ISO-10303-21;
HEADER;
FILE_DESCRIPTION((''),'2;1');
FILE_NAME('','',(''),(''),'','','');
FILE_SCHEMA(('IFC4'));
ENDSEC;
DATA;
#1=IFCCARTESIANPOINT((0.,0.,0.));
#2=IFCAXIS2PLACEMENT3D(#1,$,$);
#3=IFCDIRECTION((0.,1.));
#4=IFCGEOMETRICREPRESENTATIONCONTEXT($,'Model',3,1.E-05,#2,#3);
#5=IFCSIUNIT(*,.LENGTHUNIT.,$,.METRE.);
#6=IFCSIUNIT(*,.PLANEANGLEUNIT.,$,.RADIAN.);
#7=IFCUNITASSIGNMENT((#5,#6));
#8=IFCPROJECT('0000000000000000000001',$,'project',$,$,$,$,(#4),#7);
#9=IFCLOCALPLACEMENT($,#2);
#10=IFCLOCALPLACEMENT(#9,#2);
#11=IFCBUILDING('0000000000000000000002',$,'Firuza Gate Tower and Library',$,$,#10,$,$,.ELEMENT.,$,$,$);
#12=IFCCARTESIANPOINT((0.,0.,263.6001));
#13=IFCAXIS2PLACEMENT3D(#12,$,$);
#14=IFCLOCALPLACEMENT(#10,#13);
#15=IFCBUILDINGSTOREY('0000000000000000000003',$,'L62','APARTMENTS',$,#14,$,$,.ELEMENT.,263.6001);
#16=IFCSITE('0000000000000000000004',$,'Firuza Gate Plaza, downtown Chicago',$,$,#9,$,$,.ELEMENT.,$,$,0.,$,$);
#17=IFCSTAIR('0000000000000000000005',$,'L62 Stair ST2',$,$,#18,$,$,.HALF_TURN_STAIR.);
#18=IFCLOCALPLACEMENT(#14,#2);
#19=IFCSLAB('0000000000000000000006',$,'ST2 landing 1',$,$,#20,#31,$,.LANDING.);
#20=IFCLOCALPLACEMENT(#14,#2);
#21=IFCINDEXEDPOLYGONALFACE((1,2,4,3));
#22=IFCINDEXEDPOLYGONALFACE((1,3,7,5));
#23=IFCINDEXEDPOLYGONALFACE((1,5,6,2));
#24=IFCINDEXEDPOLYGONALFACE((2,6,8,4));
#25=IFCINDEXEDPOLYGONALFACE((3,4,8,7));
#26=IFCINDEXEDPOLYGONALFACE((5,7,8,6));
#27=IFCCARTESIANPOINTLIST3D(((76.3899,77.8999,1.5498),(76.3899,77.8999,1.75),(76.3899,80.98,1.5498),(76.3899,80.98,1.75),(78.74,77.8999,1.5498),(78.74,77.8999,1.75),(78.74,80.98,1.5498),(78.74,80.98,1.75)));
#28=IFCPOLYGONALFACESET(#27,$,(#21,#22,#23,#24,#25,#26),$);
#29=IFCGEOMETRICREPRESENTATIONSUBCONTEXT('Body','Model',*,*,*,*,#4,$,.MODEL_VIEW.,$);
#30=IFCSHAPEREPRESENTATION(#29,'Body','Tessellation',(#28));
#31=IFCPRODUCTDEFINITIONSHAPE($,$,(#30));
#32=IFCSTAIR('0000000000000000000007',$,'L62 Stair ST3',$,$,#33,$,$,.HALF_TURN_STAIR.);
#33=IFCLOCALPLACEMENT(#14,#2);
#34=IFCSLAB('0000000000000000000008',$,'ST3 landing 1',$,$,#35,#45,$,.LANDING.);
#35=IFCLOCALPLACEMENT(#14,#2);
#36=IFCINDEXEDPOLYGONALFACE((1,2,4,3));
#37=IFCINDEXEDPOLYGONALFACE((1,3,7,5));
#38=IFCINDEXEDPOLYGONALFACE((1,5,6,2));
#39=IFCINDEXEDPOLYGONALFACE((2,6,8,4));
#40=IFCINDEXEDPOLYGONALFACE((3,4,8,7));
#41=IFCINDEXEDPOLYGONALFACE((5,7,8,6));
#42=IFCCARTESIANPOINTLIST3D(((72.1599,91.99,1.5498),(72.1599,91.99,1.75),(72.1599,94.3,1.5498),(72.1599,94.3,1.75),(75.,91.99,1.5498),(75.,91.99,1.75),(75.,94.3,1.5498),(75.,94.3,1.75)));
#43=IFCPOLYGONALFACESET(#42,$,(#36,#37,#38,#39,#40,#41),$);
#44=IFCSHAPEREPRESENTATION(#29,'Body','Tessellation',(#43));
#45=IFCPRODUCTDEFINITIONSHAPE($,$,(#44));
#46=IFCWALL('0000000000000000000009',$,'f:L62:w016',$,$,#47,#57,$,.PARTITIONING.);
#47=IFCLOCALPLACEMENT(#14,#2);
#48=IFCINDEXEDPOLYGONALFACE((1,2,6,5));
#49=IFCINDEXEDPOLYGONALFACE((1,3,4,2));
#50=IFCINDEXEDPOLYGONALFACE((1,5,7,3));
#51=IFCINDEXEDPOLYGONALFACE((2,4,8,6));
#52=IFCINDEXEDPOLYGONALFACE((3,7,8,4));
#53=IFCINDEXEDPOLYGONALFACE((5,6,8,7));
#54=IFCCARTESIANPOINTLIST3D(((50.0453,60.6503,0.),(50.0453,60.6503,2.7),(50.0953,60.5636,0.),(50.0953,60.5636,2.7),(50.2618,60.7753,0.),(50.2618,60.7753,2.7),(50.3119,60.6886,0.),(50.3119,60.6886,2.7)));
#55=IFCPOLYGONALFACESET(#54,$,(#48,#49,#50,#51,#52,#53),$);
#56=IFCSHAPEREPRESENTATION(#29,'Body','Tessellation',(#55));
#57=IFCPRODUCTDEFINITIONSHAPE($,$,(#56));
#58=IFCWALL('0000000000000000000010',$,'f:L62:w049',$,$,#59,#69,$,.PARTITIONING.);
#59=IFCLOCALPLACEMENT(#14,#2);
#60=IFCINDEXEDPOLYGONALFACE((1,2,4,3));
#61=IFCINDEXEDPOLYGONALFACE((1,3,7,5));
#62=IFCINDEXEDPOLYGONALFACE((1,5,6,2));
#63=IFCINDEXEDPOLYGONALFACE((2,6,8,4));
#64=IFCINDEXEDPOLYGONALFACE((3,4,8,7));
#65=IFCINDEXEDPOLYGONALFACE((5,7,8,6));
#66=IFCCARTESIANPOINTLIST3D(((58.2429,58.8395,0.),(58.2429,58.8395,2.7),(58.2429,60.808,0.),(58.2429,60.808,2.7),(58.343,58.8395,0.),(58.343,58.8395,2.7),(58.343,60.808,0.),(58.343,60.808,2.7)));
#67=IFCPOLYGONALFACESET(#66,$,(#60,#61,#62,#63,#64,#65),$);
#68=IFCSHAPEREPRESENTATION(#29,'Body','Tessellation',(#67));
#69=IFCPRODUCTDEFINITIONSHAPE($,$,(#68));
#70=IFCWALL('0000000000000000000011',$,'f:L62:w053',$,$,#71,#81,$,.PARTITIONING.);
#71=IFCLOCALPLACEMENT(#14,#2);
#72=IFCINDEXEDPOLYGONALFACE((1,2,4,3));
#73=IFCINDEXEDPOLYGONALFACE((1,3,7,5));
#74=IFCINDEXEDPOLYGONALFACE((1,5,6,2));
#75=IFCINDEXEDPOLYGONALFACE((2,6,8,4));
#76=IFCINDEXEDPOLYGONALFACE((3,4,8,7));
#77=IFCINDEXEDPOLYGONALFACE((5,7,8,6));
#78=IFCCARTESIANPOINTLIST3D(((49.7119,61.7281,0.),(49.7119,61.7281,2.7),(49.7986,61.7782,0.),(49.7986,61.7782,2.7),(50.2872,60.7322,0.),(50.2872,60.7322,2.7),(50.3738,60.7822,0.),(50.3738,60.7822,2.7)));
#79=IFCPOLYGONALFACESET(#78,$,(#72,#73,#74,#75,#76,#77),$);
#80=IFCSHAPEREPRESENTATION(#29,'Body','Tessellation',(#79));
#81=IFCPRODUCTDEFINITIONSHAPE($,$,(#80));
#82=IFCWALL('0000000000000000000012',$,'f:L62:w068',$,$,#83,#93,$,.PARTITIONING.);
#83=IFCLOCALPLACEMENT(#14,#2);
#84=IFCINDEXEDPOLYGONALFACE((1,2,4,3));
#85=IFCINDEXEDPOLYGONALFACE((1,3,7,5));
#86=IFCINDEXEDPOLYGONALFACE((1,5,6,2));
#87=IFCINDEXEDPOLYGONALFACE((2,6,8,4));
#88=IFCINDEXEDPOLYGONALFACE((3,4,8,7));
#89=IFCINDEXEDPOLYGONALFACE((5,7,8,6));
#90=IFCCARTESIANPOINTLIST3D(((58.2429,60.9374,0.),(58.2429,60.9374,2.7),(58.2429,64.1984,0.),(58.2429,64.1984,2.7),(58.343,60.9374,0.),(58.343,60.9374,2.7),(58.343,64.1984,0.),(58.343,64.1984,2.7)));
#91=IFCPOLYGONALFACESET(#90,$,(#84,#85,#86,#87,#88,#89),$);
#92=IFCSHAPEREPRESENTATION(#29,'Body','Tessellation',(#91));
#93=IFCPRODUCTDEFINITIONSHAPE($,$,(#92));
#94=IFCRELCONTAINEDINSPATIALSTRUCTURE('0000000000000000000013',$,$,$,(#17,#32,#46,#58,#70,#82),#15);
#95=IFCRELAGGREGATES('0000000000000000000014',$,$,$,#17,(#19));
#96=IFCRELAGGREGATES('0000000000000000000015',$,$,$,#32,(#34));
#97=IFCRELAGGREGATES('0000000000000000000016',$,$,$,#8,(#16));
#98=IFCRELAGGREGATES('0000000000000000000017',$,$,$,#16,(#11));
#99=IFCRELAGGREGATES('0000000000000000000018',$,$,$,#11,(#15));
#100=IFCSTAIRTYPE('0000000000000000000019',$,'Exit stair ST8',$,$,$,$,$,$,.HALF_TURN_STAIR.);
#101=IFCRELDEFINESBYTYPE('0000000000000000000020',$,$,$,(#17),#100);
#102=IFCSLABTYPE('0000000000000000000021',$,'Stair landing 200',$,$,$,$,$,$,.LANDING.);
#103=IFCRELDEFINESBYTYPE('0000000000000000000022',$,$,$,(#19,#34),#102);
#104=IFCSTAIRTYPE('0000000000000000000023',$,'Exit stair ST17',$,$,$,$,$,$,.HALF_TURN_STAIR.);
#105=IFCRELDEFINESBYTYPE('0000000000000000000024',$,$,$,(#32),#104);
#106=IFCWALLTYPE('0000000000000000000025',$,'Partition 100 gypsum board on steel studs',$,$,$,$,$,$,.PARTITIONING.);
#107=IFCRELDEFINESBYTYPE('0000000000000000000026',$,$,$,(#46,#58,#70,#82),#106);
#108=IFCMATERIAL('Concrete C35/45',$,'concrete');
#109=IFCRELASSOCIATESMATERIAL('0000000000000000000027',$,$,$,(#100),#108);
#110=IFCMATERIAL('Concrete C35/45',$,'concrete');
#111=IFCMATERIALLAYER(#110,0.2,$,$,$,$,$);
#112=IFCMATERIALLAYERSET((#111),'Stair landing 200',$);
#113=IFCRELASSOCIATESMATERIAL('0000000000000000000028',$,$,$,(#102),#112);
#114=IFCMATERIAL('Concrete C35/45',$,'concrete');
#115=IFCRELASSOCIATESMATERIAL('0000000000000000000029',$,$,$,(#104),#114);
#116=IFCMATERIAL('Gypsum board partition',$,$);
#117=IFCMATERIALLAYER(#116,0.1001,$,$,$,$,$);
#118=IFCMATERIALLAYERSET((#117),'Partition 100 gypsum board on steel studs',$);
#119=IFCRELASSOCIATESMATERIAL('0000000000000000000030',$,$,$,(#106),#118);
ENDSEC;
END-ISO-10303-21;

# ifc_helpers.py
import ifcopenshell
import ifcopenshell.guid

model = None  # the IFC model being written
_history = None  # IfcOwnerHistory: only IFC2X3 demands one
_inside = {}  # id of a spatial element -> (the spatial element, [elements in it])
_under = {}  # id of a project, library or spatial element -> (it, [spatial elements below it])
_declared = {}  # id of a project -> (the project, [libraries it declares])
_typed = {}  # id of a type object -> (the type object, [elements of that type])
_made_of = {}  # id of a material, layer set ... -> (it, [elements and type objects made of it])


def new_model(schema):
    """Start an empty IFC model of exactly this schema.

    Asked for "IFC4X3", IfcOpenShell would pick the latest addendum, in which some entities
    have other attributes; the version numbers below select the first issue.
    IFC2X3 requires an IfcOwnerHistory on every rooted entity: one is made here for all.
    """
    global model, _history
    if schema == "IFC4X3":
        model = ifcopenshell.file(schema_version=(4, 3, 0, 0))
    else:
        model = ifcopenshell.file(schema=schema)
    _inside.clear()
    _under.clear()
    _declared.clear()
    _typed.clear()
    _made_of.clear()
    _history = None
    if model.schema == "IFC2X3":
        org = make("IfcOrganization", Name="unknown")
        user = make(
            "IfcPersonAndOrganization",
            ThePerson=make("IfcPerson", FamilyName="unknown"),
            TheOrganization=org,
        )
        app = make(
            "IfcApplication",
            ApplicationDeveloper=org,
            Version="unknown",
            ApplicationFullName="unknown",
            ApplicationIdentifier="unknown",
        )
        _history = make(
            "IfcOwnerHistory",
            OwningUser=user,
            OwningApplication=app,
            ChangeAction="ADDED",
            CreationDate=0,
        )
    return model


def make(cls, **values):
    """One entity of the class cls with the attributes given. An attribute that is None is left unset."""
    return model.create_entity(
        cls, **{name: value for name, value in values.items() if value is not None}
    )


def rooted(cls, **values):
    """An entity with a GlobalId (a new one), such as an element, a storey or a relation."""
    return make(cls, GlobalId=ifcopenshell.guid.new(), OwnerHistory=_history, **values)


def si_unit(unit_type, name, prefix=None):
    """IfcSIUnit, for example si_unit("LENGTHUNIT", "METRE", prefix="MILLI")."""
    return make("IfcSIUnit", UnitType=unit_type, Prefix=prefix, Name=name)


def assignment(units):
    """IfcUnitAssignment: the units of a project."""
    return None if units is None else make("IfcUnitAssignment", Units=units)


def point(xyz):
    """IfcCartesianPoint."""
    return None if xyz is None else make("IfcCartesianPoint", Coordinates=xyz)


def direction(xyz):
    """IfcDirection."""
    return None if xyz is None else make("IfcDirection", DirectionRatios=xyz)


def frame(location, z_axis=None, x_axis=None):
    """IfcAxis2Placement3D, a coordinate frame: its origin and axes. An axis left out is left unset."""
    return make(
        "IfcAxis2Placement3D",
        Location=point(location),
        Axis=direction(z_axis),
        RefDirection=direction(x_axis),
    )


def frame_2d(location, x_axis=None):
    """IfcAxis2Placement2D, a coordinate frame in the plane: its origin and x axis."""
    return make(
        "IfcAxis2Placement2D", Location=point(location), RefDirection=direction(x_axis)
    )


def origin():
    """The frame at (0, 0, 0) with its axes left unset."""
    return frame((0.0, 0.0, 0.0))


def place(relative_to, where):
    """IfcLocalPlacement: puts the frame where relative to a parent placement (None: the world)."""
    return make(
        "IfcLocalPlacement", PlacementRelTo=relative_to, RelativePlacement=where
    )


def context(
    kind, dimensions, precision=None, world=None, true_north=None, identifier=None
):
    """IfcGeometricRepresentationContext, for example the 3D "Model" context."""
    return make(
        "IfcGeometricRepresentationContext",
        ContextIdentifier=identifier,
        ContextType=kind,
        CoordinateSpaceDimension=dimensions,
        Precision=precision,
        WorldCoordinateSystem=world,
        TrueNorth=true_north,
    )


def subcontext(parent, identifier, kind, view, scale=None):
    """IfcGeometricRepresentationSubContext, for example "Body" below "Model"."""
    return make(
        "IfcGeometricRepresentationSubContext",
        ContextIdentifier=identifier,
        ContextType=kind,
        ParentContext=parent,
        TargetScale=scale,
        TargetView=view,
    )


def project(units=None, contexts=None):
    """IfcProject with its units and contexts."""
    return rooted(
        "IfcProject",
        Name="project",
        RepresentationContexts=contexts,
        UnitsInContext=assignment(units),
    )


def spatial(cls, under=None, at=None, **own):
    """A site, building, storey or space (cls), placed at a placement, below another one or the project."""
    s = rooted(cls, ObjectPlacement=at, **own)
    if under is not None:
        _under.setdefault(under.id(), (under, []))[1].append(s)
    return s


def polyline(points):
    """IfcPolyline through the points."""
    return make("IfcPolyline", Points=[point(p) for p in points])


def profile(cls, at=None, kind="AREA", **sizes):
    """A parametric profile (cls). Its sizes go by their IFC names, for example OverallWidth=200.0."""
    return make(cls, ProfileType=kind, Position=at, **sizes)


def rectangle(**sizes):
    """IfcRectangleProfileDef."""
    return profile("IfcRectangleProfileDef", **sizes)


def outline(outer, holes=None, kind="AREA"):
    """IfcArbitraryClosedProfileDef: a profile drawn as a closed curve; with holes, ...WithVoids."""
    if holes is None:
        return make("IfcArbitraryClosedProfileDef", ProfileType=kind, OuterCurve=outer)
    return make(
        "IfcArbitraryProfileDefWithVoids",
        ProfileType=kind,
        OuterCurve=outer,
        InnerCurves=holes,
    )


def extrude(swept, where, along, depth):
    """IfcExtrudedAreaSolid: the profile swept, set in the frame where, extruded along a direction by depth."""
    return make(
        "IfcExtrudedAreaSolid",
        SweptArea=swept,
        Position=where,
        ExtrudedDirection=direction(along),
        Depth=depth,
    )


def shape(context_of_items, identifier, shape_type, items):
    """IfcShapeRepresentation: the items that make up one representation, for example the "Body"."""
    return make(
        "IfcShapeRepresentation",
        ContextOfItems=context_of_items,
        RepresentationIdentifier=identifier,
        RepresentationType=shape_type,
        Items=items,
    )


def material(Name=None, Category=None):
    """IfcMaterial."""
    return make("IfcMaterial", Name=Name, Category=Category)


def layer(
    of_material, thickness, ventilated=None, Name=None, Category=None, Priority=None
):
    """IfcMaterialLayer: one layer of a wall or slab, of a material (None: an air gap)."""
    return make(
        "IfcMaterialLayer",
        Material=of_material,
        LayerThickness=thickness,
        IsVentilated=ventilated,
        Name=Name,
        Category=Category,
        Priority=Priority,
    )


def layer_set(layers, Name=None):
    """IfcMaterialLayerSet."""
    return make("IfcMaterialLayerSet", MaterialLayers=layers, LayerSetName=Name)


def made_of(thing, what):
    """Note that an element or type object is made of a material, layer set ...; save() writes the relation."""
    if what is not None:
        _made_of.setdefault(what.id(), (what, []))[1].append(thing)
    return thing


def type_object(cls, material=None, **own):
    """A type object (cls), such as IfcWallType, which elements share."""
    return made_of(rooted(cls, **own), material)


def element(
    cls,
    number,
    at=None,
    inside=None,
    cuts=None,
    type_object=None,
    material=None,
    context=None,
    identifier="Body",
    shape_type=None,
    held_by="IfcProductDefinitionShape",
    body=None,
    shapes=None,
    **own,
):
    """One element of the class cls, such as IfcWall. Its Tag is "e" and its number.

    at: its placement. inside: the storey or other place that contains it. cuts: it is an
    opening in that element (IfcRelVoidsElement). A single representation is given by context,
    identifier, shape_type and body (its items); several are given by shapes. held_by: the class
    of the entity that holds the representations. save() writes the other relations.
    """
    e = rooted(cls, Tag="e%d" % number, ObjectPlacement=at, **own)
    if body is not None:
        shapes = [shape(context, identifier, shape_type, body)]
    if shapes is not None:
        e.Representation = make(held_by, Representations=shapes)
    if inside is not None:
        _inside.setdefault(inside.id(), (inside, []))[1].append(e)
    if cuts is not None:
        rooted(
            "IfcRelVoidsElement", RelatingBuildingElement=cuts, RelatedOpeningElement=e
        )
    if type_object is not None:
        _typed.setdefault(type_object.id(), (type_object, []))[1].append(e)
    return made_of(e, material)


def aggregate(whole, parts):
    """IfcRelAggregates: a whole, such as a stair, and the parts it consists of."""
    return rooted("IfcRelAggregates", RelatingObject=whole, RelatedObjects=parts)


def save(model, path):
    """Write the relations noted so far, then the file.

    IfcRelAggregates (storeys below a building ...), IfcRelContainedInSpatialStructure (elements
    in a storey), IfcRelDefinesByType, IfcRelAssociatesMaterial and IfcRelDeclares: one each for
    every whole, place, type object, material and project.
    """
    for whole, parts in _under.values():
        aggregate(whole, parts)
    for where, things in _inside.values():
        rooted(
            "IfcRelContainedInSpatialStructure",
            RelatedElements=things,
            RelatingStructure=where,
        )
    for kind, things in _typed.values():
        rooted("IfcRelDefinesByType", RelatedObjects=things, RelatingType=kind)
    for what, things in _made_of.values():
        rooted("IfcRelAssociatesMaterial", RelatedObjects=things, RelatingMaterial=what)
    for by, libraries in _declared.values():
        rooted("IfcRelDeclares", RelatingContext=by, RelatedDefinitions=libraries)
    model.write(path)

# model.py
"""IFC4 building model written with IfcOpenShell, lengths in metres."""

from ifc_helpers import new_model, si_unit, direction, frame, frame_2d, origin, place, context, subcontext, project, spatial, polyline, rectangle, outline, extrude, material, layer, layer_set, type_object, element, aggregate, save


model = new_model("IFC4")

# Units and contexts
model_context = context("Model", 3, precision=1e-05, world=origin(), true_north=direction((0.0, 1.0)))
body_context = subcontext(model_context, "Body", "Model", "MODEL_VIEW")
ifc_project = project(units=[si_unit("LENGTHUNIT", "METRE"), si_unit("PLANEANGLEUNIT", "RADIAN")], contexts=[model_context])

# Site, building, storey
site_placement = place(None, origin())
site = spatial("IfcSite", under=ifc_project, at=site_placement, Name="Firuza Gate Plaza, downtown Chicago", CompositionType="ELEMENT", RefElevation=0.0)
building_placement = place(site_placement, origin())
building = spatial("IfcBuilding", under=site, at=building_placement, Name="Firuza Gate Tower and Library", CompositionType="ELEMENT")
storey_placement = place(building_placement, frame((0.0, 0.0, 263.6001)))
storey = spatial("IfcBuildingStorey", under=building, at=storey_placement, Name="L62", Description="APARTMENTS", CompositionType="ELEMENT", Elevation=263.6001)

# Shared definitions
placement_1 = place(storey_placement, origin())

# Stairs, slabs
ifc_material_1 = material(Name="Concrete C35/45", Category="concrete")
stair_type_1 = type_object("IfcStairType", Name="Exit stair ST8", PredefinedType="HALF_TURN_STAIR", material=ifc_material_1)
ifc_material_2 = material(Name="Concrete C35/45", Category="concrete")
ifc_layer_1 = layer(ifc_material_2, 0.2)
ifc_layer_set_1 = layer_set([ifc_layer_1], Name="Stair landing 200")
slab_type_1 = type_object("IfcSlabType", Name="Stair landing 200", PredefinedType="LANDING", material=ifc_layer_set_1)
placement_2 = place(storey_placement, frame((0.0, 0.0, 1.5498)))
stair_1 = element("IfcStair", 1, at=placement_1, inside=storey, type_object=stair_type_1, Name="L62 Stair ST2", PredefinedType="HALF_TURN_STAIR")
slab_1 = element("IfcSlab", 2, at=placement_2, type_object=slab_type_1, Name="ST2 landing 1", PredefinedType="LANDING", context=body_context, shape_type="SweptSolid", body=[
    extrude(outline(polyline([(78.74, 80.98), (76.3899, 80.98), (76.3899, 77.8999), (78.74, 77.8999), (78.74, 80.98)])), origin(), (0.0, 0.0, 1.0), 0.2002),
])
aggregate(stair_1, [slab_1])
ifc_material_3 = material(Name="Concrete C35/45", Category="concrete")
stair_type_2 = type_object("IfcStairType", Name="Exit stair ST17", PredefinedType="HALF_TURN_STAIR", material=ifc_material_3)
stair_2 = element("IfcStair", 3, at=placement_1, inside=storey, type_object=stair_type_2, Name="L62 Stair ST3", PredefinedType="HALF_TURN_STAIR")
slab_2 = element("IfcSlab", 4, at=placement_2, type_object=slab_type_1, Name="ST3 landing 1", PredefinedType="LANDING", context=body_context, shape_type="SweptSolid", body=[
    extrude(outline(polyline([(75.0, 91.99), (75.0, 94.3), (72.1599, 94.3), (72.1599, 91.99), (75.0, 91.99)])), origin(), (0.0, 0.0, 1.0), 0.2002),
])
aggregate(stair_2, [slab_2])

# Walls
ifc_material_4 = material(Name="Gypsum board partition")
ifc_layer_2 = layer(ifc_material_4, 0.1001)
ifc_layer_set_2 = layer_set([ifc_layer_2], Name="Partition 100 gypsum board on steel studs")
wall_type = type_object("IfcWallType", Name="Partition 100 gypsum board on steel studs", PredefinedType="PARTITIONING", material=ifc_layer_set_2)
wall_1_placement = place(storey_placement, frame((50.0703, 60.6069, 0.0), z_axis=(0.0, 0.0, 1.0), x_axis=(0.866072, 0.49992, 0.0)))
element("IfcWall", 5, at=wall_1_placement, inside=storey, type_object=wall_type, Name="f:L62:w016", PredefinedType="PARTITIONING", context=body_context, shape_type="SweptSolid", body=[
    extrude(rectangle(XDim=0.25, YDim=0.1001, at=frame_2d((0.125, 0.0))), origin(), (0.0, 0.0, 1.0), 2.7),
])
wall_2_placement = place(storey_placement, frame((58.293, 58.8394, 0.0), z_axis=(0.0, 0.0, 1.0), x_axis=(0.0, 1.0, 0.0)))
element("IfcWall", 6, at=wall_2_placement, inside=storey, type_object=wall_type, Name="f:L62:w049", PredefinedType="PARTITIONING", context=body_context, shape_type="SweptSolid", body=[
    extrude(rectangle(XDim=1.9685, YDim=0.1001, at=frame_2d((0.9844, 0.0))), origin(), (0.0, 0.0, 1.0), 2.7),
])
wall_3_placement = place(storey_placement, frame((50.3306, 60.7571, 0.0), z_axis=(0.0, 0.0, 1.0), x_axis=(-0.500157, 0.865935, 0.0)))
element("IfcWall", 7, at=wall_3_placement, inside=storey, type_object=wall_type, Name="f:L62:w053", PredefinedType="PARTITIONING", context=body_context, shape_type="SweptSolid", body=[
    extrude(rectangle(XDim=1.1501, YDim=0.1001, at=frame_2d((0.5752, 0.0))), origin(), (0.0, 0.0, 1.0), 2.7),
])
wall_4_placement = place(storey_placement, frame((58.293, 60.9375, 0.0), z_axis=(0.0, 0.0, 1.0), x_axis=(0.0, 1.0, 0.0)))
element("IfcWall", 8, at=wall_4_placement, inside=storey, type_object=wall_type, Name="f:L62:w068", PredefinedType="PARTITIONING", context=body_context, shape_type="SweptSolid", body=[
    extrude(rectangle(XDim=3.261, YDim=0.1001, at=frame_2d((1.6304, 0.0))), origin(), (0.0, 0.0, 1.0), 2.7),
])

save(model, "model.ifc")
